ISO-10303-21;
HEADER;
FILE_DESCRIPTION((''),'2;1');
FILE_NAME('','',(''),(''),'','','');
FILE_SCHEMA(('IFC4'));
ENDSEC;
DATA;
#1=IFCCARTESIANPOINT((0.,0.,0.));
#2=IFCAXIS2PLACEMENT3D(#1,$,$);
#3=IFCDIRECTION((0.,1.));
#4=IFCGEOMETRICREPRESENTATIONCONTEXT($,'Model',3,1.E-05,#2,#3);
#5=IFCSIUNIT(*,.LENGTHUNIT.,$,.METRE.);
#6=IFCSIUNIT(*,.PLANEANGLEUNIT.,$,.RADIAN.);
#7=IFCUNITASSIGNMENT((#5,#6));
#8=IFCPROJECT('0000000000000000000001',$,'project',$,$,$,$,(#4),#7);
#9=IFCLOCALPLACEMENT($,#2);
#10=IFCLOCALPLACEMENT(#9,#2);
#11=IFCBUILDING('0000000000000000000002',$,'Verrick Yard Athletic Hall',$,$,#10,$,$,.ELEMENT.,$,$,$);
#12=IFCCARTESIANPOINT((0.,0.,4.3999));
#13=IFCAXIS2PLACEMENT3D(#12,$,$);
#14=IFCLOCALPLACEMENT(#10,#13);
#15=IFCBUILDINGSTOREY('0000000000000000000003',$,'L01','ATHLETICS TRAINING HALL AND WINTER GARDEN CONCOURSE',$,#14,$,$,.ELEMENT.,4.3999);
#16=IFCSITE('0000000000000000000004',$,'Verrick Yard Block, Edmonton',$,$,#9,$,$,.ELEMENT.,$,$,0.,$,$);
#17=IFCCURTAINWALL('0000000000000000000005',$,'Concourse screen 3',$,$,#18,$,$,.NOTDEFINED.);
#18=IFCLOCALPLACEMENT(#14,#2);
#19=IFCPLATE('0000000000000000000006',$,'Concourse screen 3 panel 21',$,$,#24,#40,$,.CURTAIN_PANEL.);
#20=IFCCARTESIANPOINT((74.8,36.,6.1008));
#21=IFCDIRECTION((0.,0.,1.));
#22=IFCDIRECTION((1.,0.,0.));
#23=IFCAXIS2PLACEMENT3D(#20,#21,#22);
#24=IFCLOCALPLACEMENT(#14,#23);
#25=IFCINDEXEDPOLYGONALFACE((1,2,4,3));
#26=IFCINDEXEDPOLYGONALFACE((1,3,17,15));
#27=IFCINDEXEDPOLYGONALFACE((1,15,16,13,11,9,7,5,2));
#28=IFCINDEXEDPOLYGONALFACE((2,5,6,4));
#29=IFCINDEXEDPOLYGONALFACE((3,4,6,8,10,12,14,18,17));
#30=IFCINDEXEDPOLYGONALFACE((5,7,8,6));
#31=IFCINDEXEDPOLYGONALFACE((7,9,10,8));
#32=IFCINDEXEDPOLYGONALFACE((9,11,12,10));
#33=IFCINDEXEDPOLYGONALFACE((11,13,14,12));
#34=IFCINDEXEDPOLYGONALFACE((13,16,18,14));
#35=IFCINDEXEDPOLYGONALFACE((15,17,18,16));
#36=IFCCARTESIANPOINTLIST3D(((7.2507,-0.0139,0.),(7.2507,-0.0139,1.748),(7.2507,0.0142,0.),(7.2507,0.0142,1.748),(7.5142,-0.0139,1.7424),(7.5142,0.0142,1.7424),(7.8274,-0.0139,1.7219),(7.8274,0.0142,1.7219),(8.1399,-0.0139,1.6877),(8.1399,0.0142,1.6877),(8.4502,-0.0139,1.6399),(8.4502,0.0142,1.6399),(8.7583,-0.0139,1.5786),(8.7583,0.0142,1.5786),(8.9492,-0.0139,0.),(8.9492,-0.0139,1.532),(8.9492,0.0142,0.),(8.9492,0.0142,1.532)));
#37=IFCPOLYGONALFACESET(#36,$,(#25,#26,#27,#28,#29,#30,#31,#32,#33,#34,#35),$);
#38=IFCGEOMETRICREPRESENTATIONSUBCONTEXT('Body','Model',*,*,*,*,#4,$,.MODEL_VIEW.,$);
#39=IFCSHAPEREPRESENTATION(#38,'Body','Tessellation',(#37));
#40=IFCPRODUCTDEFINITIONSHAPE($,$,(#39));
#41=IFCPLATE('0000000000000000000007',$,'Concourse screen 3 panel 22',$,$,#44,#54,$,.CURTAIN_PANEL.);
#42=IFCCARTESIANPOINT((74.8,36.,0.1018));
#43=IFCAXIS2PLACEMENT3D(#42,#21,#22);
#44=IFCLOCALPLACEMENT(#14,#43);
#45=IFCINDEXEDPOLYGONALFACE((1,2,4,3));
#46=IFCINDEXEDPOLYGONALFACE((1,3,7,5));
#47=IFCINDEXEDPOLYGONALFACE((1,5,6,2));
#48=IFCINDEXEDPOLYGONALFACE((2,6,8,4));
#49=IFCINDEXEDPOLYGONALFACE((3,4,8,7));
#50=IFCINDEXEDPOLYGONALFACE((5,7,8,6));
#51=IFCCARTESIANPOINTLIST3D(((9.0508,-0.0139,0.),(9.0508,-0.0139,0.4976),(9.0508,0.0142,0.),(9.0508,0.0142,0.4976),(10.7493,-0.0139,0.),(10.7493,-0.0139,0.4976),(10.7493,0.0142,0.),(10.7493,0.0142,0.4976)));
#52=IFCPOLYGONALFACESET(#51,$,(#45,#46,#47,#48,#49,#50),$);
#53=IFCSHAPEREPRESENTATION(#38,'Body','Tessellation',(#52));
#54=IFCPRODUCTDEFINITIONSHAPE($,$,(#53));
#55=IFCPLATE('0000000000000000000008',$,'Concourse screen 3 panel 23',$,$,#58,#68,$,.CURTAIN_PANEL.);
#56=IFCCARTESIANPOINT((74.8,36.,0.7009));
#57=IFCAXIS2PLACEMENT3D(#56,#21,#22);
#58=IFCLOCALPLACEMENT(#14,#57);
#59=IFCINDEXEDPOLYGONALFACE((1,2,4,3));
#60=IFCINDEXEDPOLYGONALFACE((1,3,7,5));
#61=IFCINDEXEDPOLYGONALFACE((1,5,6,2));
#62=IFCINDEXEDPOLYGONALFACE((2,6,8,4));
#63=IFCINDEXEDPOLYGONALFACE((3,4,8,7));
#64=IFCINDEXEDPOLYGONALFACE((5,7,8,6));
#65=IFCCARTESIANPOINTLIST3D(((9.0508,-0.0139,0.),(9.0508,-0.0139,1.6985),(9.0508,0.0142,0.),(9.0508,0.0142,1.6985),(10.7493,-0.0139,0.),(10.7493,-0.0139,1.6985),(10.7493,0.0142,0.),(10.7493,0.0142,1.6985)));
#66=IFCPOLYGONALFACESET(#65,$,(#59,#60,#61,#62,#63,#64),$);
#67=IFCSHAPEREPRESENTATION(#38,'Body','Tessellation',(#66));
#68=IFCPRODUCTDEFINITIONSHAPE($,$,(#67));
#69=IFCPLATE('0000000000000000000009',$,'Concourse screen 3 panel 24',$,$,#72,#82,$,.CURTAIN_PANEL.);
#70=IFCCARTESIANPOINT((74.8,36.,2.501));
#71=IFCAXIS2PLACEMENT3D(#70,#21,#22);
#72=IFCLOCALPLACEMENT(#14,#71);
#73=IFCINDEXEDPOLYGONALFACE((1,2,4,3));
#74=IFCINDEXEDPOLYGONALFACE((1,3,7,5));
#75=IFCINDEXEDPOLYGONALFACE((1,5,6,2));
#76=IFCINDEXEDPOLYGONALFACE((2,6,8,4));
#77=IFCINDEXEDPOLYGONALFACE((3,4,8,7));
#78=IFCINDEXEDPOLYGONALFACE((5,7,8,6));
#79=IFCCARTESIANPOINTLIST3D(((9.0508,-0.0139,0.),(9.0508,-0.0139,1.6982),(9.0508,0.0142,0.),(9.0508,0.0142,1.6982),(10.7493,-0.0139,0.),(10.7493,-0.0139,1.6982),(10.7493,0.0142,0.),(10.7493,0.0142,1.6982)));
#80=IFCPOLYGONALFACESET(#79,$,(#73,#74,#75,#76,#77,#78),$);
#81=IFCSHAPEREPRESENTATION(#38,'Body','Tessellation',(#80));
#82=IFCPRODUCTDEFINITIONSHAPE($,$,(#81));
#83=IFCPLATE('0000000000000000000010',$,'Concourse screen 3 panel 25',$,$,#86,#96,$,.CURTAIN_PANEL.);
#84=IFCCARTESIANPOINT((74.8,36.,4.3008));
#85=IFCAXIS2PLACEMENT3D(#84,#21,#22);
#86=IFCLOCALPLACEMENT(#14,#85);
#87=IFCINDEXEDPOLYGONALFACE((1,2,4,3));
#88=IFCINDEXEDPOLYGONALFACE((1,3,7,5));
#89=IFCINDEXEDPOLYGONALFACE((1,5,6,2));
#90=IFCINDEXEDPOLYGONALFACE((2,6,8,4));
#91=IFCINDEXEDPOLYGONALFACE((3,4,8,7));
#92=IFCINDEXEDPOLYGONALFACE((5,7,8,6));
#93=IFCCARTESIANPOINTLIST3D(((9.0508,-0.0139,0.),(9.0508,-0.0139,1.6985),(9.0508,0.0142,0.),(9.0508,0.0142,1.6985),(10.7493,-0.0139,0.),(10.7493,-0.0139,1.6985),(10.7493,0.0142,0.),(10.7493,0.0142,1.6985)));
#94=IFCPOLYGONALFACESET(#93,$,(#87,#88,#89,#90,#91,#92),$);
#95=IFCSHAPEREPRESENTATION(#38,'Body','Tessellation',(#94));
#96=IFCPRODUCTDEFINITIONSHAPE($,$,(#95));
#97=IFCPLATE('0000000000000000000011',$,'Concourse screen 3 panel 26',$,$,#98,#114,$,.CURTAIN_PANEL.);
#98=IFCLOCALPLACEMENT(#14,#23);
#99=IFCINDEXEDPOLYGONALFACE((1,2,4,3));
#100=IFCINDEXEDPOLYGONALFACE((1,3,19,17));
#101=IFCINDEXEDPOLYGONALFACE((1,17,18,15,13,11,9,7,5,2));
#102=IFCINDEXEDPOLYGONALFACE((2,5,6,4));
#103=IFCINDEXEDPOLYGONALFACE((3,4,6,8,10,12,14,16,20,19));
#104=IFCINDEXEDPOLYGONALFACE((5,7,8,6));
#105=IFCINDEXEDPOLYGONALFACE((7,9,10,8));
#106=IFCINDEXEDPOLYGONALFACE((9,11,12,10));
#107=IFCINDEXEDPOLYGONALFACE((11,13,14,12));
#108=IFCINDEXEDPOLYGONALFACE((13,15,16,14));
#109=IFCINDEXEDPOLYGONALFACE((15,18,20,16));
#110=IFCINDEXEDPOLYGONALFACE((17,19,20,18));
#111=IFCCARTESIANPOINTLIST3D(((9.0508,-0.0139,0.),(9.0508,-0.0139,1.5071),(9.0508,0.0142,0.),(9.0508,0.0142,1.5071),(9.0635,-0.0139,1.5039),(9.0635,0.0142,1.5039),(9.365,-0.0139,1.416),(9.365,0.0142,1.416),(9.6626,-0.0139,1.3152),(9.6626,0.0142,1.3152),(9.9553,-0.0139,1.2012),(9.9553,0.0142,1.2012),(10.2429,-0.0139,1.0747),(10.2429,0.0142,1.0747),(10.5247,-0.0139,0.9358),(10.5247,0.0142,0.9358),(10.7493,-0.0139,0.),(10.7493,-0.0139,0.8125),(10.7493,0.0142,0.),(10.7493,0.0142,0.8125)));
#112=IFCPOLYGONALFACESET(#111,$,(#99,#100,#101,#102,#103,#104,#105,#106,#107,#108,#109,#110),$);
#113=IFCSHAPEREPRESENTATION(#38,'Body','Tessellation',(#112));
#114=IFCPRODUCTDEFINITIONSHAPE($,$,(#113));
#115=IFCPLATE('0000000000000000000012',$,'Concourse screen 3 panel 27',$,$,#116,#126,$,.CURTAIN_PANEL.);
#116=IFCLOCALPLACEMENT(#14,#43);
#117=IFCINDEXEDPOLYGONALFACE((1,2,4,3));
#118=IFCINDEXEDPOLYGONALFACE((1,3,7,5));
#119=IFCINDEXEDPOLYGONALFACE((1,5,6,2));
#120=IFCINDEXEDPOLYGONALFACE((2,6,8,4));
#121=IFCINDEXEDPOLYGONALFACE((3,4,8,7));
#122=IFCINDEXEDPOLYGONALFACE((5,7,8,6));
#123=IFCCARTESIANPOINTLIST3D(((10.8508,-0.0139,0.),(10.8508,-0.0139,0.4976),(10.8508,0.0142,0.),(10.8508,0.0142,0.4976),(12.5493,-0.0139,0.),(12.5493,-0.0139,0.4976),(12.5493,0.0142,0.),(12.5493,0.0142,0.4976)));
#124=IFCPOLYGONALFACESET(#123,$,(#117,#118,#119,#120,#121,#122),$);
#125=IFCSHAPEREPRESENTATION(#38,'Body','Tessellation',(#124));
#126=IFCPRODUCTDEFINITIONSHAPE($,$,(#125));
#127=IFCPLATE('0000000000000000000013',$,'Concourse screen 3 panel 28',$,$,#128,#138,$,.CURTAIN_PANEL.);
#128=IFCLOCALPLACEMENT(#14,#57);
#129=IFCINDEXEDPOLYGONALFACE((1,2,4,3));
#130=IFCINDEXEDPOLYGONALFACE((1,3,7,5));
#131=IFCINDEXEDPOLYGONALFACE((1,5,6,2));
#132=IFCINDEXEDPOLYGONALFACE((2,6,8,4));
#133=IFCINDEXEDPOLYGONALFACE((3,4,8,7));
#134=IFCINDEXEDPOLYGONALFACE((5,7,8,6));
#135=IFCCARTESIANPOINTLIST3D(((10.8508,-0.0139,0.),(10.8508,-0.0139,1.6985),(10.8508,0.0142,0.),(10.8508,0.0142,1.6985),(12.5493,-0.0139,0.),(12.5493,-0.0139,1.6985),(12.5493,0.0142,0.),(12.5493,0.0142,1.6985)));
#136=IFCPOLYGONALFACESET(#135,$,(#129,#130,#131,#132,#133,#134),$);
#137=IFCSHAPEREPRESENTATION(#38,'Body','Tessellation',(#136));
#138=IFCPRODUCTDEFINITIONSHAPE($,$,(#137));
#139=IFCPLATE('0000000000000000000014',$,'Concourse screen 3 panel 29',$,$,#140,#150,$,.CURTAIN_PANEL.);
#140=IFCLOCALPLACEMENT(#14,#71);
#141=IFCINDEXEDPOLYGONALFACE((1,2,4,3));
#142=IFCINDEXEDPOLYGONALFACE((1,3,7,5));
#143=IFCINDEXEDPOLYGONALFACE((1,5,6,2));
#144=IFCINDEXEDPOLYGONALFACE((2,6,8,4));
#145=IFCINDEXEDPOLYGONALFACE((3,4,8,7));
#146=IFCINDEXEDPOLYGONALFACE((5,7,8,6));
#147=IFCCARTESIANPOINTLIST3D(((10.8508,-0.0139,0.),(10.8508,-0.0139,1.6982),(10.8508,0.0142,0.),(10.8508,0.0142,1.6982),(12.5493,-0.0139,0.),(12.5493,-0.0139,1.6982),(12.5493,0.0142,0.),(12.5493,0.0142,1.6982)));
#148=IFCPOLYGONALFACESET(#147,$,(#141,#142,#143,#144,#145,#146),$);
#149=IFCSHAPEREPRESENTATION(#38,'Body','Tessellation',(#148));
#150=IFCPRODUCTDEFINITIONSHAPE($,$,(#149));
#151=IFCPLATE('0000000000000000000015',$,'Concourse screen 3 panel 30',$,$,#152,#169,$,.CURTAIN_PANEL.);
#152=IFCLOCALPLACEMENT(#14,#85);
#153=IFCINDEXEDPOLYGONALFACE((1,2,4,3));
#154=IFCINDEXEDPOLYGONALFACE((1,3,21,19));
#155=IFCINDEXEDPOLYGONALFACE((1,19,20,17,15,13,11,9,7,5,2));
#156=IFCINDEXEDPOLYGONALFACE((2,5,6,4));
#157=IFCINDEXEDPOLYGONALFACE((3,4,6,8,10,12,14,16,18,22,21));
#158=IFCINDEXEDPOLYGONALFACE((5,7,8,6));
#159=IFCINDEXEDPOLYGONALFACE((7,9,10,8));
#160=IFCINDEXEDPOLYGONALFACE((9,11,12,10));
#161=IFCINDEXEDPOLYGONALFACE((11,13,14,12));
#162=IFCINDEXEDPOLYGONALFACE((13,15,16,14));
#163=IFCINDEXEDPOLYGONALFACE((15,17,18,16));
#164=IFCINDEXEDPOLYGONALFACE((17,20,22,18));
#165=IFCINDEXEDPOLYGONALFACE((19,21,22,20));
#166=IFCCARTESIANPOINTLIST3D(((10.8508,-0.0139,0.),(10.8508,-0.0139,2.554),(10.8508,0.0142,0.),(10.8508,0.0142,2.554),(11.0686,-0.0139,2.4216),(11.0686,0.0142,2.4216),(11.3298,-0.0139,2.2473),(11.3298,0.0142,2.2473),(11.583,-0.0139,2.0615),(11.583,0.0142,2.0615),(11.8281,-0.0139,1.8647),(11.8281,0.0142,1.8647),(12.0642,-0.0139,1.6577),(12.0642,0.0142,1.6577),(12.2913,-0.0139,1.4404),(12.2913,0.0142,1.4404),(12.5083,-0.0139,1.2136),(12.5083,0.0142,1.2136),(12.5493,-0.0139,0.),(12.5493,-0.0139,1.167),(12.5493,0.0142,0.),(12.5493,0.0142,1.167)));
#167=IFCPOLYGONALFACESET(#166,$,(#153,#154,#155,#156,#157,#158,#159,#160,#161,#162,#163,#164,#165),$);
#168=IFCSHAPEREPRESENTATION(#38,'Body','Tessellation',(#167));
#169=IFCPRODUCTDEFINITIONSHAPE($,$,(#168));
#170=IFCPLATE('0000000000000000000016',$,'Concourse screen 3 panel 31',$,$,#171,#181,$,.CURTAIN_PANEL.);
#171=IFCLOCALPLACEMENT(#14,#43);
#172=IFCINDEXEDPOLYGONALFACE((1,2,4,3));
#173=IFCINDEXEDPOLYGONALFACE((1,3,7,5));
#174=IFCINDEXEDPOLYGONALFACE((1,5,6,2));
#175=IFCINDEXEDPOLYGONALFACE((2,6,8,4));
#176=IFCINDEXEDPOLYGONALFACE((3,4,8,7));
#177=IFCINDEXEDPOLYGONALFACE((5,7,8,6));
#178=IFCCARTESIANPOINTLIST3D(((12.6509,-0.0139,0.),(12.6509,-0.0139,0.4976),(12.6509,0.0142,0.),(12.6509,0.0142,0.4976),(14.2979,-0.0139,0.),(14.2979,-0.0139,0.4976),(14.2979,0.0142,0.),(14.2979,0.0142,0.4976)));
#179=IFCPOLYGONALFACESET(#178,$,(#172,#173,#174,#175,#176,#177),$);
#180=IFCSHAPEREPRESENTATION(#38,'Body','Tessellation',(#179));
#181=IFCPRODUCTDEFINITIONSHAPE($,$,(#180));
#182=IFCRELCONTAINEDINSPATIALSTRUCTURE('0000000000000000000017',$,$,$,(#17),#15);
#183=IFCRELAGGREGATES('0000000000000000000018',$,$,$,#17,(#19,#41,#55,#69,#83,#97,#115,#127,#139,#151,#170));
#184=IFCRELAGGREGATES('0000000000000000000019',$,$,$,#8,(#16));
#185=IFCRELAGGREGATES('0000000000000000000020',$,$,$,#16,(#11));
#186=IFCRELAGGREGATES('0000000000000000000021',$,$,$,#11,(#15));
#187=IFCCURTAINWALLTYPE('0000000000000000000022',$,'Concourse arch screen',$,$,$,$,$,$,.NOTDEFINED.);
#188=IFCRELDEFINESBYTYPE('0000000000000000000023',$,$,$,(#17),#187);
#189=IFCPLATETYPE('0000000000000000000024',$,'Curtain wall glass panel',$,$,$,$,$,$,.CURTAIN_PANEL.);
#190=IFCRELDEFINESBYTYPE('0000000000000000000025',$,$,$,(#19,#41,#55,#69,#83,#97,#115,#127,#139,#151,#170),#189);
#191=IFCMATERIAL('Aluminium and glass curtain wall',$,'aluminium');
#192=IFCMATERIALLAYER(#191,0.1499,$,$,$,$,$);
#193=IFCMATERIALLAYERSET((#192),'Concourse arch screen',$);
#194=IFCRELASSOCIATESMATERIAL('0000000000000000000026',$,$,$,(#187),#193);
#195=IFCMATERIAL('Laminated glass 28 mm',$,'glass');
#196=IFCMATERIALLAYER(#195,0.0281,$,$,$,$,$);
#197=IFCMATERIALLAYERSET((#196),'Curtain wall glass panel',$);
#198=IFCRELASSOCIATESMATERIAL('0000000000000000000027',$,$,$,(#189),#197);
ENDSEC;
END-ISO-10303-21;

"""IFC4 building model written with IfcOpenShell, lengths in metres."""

from ifc_helpers import new_model, si_unit, direction, frame, origin, place, context, subcontext, project, spatial, polyline, outline, extrude, material, layer, layer_set, type_object, element, aggregate, save


model = new_model("IFC4")

# Units and contexts
model_context = context("Model", 3, precision=1e-05, world=origin(), true_north=direction((0.0, 1.0)))
body_context = subcontext(model_context, "Body", "Model", "MODEL_VIEW")
ifc_project = project(units=[si_unit("LENGTHUNIT", "METRE"), si_unit("PLANEANGLEUNIT", "RADIAN")], contexts=[model_context])

# Site, building, storey
site_placement = place(None, origin())
site = spatial("IfcSite", under=ifc_project, at=site_placement, Name="Verrick Yard Block, Edmonton", CompositionType="ELEMENT", RefElevation=0.0)
building_placement = place(site_placement, origin())
building = spatial("IfcBuilding", under=site, at=building_placement, Name="Verrick Yard Athletic Hall", CompositionType="ELEMENT")
storey_placement = place(building_placement, frame((0.0, 0.0, 4.3999)))
storey = spatial("IfcBuildingStorey", under=building, at=storey_placement, Name="L01", Description="ATHLETICS TRAINING HALL AND WINTER GARDEN CONCOURSE", CompositionType="ELEMENT", Elevation=4.3999)

# Curtain wall, plates
ifc_material_1 = material(Name="Aluminium and glass curtain wall", Category="aluminium")
ifc_layer_1 = layer(ifc_material_1, 0.1499)
ifc_layer_set_1 = layer_set([ifc_layer_1], Name="Concourse arch screen")
curtain_wall_type = type_object("IfcCurtainWallType", Name="Concourse arch screen", PredefinedType="NOTDEFINED", material=ifc_layer_set_1)
curtain_wall_placement = place(storey_placement, origin())
curtain_wall = element("IfcCurtainWall", 1, at=curtain_wall_placement, inside=storey, type_object=curtain_wall_type, Name="Concourse screen 3", PredefinedType="NOTDEFINED")
ifc_material_2 = material(Name="Laminated glass 28 mm", Category="glass")
ifc_layer_2 = layer(ifc_material_2, 0.0281)
ifc_layer_set_2 = layer_set([ifc_layer_2], Name="Curtain wall glass panel")
plate_type = type_object("IfcPlateType", Name="Curtain wall glass panel", PredefinedType="CURTAIN_PANEL", material=ifc_layer_set_2)
plate_1_placement = place(storey_placement, frame((74.8, 36.0, 6.1008), z_axis=(0.0, 0.0, 1.0), x_axis=(1.0, 0.0, 0.0)))
plate_1 = element("IfcPlate", 2, at=plate_1_placement, type_object=plate_type, Name="Concourse screen 3 panel 21", PredefinedType="CURTAIN_PANEL", context=body_context, shape_type="SweptSolid", body=[
    extrude(outline(polyline([(8.9492, 1.532), (8.7583, 1.5786), (8.4502, 1.6399), (8.1399, 1.6877), (7.8274, 1.7219), (7.5142, 1.7424), (7.2507, 1.748), (7.2507, 0.0), (8.9492, 0.0), (8.9492, 1.532)])), frame((0.0, 0.0142, 0.0), z_axis=(0.0, -1.0, 0.0), x_axis=(1.0, 0.0, 0.0)), (0.0, 0.0, 1.0), 0.0281),
])
plate_2_placement = place(storey_placement, frame((74.8, 36.0, 0.1018), z_axis=(0.0, 0.0, 1.0), x_axis=(1.0, 0.0, 0.0)))
plate_2 = element("IfcPlate", 3, at=plate_2_placement, type_object=plate_type, Name="Concourse screen 3 panel 22", PredefinedType="CURTAIN_PANEL", context=body_context, shape_type="SweptSolid", body=[
    extrude(outline(polyline([(10.7493, 0.0), (10.7493, 0.4976), (9.0508, 0.4976), (9.0508, 0.0), (10.7493, 0.0)])), frame((0.0, 0.0142, 0.0), z_axis=(0.0, -1.0, 0.0), x_axis=(1.0, 0.0, 0.0)), (0.0, 0.0, 1.0), 0.0281),
])
plate_3_placement = place(storey_placement, frame((74.8, 36.0, 0.7009), z_axis=(0.0, 0.0, 1.0), x_axis=(1.0, 0.0, 0.0)))
plate_3 = element("IfcPlate", 4, at=plate_3_placement, type_object=plate_type, Name="Concourse screen 3 panel 23", PredefinedType="CURTAIN_PANEL", context=body_context, shape_type="SweptSolid", body=[
    extrude(outline(polyline([(10.7493, 0.0), (10.7493, 1.6985), (9.0508, 1.6985), (9.0508, 0.0), (10.7493, 0.0)])), frame((0.0, 0.0142, 0.0), z_axis=(0.0, -1.0, 0.0), x_axis=(1.0, 0.0, 0.0)), (0.0, 0.0, 1.0), 0.0281),
])
plate_4_placement = place(storey_placement, frame((74.8, 36.0, 2.501), z_axis=(0.0, 0.0, 1.0), x_axis=(1.0, 0.0, 0.0)))
plate_4 = element("IfcPlate", 5, at=plate_4_placement, type_object=plate_type, Name="Concourse screen 3 panel 24", PredefinedType="CURTAIN_PANEL", context=body_context, shape_type="SweptSolid", body=[
    extrude(outline(polyline([(10.7493, 0.0), (10.7493, 1.6982), (9.0508, 1.6982), (9.0508, 0.0), (10.7493, 0.0)])), frame((0.0, 0.0142, 0.0), z_axis=(0.0, -1.0, 0.0), x_axis=(1.0, 0.0, 0.0)), (0.0, 0.0, 1.0), 0.0281),
])
plate_5_placement = place(storey_placement, frame((74.8, 36.0, 4.3008), z_axis=(0.0, 0.0, 1.0), x_axis=(1.0, 0.0, 0.0)))
plate_5 = element("IfcPlate", 6, at=plate_5_placement, type_object=plate_type, Name="Concourse screen 3 panel 25", PredefinedType="CURTAIN_PANEL", context=body_context, shape_type="SweptSolid", body=[
    extrude(outline(polyline([(10.7493, 0.0), (10.7493, 1.6985), (9.0508, 1.6985), (9.0508, 0.0), (10.7493, 0.0)])), frame((0.0, 0.0142, 0.0), z_axis=(0.0, -1.0, 0.0), x_axis=(1.0, 0.0, 0.0)), (0.0, 0.0, 1.0), 0.0281),
])
plate_6_placement = place(storey_placement, frame((74.8, 36.0, 6.1008), z_axis=(0.0, 0.0, 1.0), x_axis=(1.0, 0.0, 0.0)))
plate_6 = element("IfcPlate", 7, at=plate_6_placement, type_object=plate_type, Name="Concourse screen 3 panel 26", PredefinedType="CURTAIN_PANEL", context=body_context, shape_type="SweptSolid", body=[
    extrude(outline(polyline([(10.7493, 0.8125), (10.5247, 0.9358), (10.2429, 1.0747), (9.9553, 1.2012), (9.6626, 1.3152), (9.365, 1.416), (9.0635, 1.5039), (9.0508, 1.5071), (9.0508, 0.0), (10.7493, 0.0), (10.7493, 0.8125)])), frame((0.0, 0.0142, 0.0), z_axis=(0.0, -1.0, 0.0), x_axis=(1.0, 0.0, 0.0)), (0.0, 0.0, 1.0), 0.0281),
])
plate_7_placement = place(storey_placement, frame((74.8, 36.0, 0.1018), z_axis=(0.0, 0.0, 1.0), x_axis=(1.0, 0.0, 0.0)))
plate_7 = element("IfcPlate", 8, at=plate_7_placement, type_object=plate_type, Name="Concourse screen 3 panel 27", PredefinedType="CURTAIN_PANEL", context=body_context, shape_type="SweptSolid", body=[
    extrude(outline(polyline([(12.5493, 0.0), (12.5493, 0.4976), (10.8508, 0.4976), (10.8508, 0.0), (12.5493, 0.0)])), frame((0.0, 0.0142, 0.0), z_axis=(0.0, -1.0, 0.0), x_axis=(1.0, 0.0, 0.0)), (0.0, 0.0, 1.0), 0.0281),
])
plate_8_placement = place(storey_placement, frame((74.8, 36.0, 0.7009), z_axis=(0.0, 0.0, 1.0), x_axis=(1.0, 0.0, 0.0)))
plate_8 = element("IfcPlate", 9, at=plate_8_placement, type_object=plate_type, Name="Concourse screen 3 panel 28", PredefinedType="CURTAIN_PANEL", context=body_context, shape_type="SweptSolid", body=[
    extrude(outline(polyline([(12.5493, 0.0), (12.5493, 1.6985), (10.8508, 1.6985), (10.8508, 0.0), (12.5493, 0.0)])), frame((0.0, 0.0142, 0.0), z_axis=(0.0, -1.0, 0.0), x_axis=(1.0, 0.0, 0.0)), (0.0, 0.0, 1.0), 0.0281),
])
plate_9_placement = place(storey_placement, frame((74.8, 36.0, 2.501), z_axis=(0.0, 0.0, 1.0), x_axis=(1.0, 0.0, 0.0)))
plate_9 = element("IfcPlate", 10, at=plate_9_placement, type_object=plate_type, Name="Concourse screen 3 panel 29", PredefinedType="CURTAIN_PANEL", context=body_context, shape_type="SweptSolid", body=[
    extrude(outline(polyline([(12.5493, 0.0), (12.5493, 1.6982), (10.8508, 1.6982), (10.8508, 0.0), (12.5493, 0.0)])), frame((0.0, 0.0142, 0.0), z_axis=(0.0, -1.0, 0.0), x_axis=(1.0, 0.0, 0.0)), (0.0, 0.0, 1.0), 0.0281),
])
plate_10_placement = place(storey_placement, frame((74.8, 36.0, 4.3008), z_axis=(0.0, 0.0, 1.0), x_axis=(1.0, 0.0, 0.0)))
plate_10 = element("IfcPlate", 11, at=plate_10_placement, type_object=plate_type, Name="Concourse screen 3 panel 30", PredefinedType="CURTAIN_PANEL", context=body_context, shape_type="SweptSolid", body=[
    extrude(outline(polyline([(12.5493, 1.167), (12.5083, 1.2136), (12.2913, 1.4404), (12.0642, 1.6577), (11.8281, 1.8647), (11.583, 2.0615), (11.3298, 2.2473), (11.0686, 2.4216), (10.8508, 2.554), (10.8508, 0.0), (12.5493, 0.0), (12.5493, 1.167)])), frame((0.0, 0.0142, 0.0), z_axis=(0.0, -1.0, 0.0), x_axis=(1.0, 0.0, 0.0)), (0.0, 0.0, 1.0), 0.0281),
])
plate_11_placement = place(storey_placement, frame((74.8, 36.0, 0.1018), z_axis=(0.0, 0.0, 1.0), x_axis=(1.0, 0.0, 0.0)))
plate_11 = element("IfcPlate", 12, at=plate_11_placement, type_object=plate_type, Name="Concourse screen 3 panel 31", PredefinedType="CURTAIN_PANEL", context=body_context, shape_type="SweptSolid", body=[
    extrude(outline(polyline([(14.2979, 0.0), (14.2979, 0.4976), (12.6509, 0.4976), (12.6509, 0.0), (14.2979, 0.0)])), frame((0.0, 0.0142, 0.0), z_axis=(0.0, -1.0, 0.0), x_axis=(1.0, 0.0, 0.0)), (0.0, 0.0, 1.0), 0.0281),
])
aggregate(curtain_wall, [plate_1, plate_2, plate_3, plate_4, plate_5, plate_6, plate_7, plate_8, plate_9, plate_10, plate_11])

save(model, "model.ifc")
